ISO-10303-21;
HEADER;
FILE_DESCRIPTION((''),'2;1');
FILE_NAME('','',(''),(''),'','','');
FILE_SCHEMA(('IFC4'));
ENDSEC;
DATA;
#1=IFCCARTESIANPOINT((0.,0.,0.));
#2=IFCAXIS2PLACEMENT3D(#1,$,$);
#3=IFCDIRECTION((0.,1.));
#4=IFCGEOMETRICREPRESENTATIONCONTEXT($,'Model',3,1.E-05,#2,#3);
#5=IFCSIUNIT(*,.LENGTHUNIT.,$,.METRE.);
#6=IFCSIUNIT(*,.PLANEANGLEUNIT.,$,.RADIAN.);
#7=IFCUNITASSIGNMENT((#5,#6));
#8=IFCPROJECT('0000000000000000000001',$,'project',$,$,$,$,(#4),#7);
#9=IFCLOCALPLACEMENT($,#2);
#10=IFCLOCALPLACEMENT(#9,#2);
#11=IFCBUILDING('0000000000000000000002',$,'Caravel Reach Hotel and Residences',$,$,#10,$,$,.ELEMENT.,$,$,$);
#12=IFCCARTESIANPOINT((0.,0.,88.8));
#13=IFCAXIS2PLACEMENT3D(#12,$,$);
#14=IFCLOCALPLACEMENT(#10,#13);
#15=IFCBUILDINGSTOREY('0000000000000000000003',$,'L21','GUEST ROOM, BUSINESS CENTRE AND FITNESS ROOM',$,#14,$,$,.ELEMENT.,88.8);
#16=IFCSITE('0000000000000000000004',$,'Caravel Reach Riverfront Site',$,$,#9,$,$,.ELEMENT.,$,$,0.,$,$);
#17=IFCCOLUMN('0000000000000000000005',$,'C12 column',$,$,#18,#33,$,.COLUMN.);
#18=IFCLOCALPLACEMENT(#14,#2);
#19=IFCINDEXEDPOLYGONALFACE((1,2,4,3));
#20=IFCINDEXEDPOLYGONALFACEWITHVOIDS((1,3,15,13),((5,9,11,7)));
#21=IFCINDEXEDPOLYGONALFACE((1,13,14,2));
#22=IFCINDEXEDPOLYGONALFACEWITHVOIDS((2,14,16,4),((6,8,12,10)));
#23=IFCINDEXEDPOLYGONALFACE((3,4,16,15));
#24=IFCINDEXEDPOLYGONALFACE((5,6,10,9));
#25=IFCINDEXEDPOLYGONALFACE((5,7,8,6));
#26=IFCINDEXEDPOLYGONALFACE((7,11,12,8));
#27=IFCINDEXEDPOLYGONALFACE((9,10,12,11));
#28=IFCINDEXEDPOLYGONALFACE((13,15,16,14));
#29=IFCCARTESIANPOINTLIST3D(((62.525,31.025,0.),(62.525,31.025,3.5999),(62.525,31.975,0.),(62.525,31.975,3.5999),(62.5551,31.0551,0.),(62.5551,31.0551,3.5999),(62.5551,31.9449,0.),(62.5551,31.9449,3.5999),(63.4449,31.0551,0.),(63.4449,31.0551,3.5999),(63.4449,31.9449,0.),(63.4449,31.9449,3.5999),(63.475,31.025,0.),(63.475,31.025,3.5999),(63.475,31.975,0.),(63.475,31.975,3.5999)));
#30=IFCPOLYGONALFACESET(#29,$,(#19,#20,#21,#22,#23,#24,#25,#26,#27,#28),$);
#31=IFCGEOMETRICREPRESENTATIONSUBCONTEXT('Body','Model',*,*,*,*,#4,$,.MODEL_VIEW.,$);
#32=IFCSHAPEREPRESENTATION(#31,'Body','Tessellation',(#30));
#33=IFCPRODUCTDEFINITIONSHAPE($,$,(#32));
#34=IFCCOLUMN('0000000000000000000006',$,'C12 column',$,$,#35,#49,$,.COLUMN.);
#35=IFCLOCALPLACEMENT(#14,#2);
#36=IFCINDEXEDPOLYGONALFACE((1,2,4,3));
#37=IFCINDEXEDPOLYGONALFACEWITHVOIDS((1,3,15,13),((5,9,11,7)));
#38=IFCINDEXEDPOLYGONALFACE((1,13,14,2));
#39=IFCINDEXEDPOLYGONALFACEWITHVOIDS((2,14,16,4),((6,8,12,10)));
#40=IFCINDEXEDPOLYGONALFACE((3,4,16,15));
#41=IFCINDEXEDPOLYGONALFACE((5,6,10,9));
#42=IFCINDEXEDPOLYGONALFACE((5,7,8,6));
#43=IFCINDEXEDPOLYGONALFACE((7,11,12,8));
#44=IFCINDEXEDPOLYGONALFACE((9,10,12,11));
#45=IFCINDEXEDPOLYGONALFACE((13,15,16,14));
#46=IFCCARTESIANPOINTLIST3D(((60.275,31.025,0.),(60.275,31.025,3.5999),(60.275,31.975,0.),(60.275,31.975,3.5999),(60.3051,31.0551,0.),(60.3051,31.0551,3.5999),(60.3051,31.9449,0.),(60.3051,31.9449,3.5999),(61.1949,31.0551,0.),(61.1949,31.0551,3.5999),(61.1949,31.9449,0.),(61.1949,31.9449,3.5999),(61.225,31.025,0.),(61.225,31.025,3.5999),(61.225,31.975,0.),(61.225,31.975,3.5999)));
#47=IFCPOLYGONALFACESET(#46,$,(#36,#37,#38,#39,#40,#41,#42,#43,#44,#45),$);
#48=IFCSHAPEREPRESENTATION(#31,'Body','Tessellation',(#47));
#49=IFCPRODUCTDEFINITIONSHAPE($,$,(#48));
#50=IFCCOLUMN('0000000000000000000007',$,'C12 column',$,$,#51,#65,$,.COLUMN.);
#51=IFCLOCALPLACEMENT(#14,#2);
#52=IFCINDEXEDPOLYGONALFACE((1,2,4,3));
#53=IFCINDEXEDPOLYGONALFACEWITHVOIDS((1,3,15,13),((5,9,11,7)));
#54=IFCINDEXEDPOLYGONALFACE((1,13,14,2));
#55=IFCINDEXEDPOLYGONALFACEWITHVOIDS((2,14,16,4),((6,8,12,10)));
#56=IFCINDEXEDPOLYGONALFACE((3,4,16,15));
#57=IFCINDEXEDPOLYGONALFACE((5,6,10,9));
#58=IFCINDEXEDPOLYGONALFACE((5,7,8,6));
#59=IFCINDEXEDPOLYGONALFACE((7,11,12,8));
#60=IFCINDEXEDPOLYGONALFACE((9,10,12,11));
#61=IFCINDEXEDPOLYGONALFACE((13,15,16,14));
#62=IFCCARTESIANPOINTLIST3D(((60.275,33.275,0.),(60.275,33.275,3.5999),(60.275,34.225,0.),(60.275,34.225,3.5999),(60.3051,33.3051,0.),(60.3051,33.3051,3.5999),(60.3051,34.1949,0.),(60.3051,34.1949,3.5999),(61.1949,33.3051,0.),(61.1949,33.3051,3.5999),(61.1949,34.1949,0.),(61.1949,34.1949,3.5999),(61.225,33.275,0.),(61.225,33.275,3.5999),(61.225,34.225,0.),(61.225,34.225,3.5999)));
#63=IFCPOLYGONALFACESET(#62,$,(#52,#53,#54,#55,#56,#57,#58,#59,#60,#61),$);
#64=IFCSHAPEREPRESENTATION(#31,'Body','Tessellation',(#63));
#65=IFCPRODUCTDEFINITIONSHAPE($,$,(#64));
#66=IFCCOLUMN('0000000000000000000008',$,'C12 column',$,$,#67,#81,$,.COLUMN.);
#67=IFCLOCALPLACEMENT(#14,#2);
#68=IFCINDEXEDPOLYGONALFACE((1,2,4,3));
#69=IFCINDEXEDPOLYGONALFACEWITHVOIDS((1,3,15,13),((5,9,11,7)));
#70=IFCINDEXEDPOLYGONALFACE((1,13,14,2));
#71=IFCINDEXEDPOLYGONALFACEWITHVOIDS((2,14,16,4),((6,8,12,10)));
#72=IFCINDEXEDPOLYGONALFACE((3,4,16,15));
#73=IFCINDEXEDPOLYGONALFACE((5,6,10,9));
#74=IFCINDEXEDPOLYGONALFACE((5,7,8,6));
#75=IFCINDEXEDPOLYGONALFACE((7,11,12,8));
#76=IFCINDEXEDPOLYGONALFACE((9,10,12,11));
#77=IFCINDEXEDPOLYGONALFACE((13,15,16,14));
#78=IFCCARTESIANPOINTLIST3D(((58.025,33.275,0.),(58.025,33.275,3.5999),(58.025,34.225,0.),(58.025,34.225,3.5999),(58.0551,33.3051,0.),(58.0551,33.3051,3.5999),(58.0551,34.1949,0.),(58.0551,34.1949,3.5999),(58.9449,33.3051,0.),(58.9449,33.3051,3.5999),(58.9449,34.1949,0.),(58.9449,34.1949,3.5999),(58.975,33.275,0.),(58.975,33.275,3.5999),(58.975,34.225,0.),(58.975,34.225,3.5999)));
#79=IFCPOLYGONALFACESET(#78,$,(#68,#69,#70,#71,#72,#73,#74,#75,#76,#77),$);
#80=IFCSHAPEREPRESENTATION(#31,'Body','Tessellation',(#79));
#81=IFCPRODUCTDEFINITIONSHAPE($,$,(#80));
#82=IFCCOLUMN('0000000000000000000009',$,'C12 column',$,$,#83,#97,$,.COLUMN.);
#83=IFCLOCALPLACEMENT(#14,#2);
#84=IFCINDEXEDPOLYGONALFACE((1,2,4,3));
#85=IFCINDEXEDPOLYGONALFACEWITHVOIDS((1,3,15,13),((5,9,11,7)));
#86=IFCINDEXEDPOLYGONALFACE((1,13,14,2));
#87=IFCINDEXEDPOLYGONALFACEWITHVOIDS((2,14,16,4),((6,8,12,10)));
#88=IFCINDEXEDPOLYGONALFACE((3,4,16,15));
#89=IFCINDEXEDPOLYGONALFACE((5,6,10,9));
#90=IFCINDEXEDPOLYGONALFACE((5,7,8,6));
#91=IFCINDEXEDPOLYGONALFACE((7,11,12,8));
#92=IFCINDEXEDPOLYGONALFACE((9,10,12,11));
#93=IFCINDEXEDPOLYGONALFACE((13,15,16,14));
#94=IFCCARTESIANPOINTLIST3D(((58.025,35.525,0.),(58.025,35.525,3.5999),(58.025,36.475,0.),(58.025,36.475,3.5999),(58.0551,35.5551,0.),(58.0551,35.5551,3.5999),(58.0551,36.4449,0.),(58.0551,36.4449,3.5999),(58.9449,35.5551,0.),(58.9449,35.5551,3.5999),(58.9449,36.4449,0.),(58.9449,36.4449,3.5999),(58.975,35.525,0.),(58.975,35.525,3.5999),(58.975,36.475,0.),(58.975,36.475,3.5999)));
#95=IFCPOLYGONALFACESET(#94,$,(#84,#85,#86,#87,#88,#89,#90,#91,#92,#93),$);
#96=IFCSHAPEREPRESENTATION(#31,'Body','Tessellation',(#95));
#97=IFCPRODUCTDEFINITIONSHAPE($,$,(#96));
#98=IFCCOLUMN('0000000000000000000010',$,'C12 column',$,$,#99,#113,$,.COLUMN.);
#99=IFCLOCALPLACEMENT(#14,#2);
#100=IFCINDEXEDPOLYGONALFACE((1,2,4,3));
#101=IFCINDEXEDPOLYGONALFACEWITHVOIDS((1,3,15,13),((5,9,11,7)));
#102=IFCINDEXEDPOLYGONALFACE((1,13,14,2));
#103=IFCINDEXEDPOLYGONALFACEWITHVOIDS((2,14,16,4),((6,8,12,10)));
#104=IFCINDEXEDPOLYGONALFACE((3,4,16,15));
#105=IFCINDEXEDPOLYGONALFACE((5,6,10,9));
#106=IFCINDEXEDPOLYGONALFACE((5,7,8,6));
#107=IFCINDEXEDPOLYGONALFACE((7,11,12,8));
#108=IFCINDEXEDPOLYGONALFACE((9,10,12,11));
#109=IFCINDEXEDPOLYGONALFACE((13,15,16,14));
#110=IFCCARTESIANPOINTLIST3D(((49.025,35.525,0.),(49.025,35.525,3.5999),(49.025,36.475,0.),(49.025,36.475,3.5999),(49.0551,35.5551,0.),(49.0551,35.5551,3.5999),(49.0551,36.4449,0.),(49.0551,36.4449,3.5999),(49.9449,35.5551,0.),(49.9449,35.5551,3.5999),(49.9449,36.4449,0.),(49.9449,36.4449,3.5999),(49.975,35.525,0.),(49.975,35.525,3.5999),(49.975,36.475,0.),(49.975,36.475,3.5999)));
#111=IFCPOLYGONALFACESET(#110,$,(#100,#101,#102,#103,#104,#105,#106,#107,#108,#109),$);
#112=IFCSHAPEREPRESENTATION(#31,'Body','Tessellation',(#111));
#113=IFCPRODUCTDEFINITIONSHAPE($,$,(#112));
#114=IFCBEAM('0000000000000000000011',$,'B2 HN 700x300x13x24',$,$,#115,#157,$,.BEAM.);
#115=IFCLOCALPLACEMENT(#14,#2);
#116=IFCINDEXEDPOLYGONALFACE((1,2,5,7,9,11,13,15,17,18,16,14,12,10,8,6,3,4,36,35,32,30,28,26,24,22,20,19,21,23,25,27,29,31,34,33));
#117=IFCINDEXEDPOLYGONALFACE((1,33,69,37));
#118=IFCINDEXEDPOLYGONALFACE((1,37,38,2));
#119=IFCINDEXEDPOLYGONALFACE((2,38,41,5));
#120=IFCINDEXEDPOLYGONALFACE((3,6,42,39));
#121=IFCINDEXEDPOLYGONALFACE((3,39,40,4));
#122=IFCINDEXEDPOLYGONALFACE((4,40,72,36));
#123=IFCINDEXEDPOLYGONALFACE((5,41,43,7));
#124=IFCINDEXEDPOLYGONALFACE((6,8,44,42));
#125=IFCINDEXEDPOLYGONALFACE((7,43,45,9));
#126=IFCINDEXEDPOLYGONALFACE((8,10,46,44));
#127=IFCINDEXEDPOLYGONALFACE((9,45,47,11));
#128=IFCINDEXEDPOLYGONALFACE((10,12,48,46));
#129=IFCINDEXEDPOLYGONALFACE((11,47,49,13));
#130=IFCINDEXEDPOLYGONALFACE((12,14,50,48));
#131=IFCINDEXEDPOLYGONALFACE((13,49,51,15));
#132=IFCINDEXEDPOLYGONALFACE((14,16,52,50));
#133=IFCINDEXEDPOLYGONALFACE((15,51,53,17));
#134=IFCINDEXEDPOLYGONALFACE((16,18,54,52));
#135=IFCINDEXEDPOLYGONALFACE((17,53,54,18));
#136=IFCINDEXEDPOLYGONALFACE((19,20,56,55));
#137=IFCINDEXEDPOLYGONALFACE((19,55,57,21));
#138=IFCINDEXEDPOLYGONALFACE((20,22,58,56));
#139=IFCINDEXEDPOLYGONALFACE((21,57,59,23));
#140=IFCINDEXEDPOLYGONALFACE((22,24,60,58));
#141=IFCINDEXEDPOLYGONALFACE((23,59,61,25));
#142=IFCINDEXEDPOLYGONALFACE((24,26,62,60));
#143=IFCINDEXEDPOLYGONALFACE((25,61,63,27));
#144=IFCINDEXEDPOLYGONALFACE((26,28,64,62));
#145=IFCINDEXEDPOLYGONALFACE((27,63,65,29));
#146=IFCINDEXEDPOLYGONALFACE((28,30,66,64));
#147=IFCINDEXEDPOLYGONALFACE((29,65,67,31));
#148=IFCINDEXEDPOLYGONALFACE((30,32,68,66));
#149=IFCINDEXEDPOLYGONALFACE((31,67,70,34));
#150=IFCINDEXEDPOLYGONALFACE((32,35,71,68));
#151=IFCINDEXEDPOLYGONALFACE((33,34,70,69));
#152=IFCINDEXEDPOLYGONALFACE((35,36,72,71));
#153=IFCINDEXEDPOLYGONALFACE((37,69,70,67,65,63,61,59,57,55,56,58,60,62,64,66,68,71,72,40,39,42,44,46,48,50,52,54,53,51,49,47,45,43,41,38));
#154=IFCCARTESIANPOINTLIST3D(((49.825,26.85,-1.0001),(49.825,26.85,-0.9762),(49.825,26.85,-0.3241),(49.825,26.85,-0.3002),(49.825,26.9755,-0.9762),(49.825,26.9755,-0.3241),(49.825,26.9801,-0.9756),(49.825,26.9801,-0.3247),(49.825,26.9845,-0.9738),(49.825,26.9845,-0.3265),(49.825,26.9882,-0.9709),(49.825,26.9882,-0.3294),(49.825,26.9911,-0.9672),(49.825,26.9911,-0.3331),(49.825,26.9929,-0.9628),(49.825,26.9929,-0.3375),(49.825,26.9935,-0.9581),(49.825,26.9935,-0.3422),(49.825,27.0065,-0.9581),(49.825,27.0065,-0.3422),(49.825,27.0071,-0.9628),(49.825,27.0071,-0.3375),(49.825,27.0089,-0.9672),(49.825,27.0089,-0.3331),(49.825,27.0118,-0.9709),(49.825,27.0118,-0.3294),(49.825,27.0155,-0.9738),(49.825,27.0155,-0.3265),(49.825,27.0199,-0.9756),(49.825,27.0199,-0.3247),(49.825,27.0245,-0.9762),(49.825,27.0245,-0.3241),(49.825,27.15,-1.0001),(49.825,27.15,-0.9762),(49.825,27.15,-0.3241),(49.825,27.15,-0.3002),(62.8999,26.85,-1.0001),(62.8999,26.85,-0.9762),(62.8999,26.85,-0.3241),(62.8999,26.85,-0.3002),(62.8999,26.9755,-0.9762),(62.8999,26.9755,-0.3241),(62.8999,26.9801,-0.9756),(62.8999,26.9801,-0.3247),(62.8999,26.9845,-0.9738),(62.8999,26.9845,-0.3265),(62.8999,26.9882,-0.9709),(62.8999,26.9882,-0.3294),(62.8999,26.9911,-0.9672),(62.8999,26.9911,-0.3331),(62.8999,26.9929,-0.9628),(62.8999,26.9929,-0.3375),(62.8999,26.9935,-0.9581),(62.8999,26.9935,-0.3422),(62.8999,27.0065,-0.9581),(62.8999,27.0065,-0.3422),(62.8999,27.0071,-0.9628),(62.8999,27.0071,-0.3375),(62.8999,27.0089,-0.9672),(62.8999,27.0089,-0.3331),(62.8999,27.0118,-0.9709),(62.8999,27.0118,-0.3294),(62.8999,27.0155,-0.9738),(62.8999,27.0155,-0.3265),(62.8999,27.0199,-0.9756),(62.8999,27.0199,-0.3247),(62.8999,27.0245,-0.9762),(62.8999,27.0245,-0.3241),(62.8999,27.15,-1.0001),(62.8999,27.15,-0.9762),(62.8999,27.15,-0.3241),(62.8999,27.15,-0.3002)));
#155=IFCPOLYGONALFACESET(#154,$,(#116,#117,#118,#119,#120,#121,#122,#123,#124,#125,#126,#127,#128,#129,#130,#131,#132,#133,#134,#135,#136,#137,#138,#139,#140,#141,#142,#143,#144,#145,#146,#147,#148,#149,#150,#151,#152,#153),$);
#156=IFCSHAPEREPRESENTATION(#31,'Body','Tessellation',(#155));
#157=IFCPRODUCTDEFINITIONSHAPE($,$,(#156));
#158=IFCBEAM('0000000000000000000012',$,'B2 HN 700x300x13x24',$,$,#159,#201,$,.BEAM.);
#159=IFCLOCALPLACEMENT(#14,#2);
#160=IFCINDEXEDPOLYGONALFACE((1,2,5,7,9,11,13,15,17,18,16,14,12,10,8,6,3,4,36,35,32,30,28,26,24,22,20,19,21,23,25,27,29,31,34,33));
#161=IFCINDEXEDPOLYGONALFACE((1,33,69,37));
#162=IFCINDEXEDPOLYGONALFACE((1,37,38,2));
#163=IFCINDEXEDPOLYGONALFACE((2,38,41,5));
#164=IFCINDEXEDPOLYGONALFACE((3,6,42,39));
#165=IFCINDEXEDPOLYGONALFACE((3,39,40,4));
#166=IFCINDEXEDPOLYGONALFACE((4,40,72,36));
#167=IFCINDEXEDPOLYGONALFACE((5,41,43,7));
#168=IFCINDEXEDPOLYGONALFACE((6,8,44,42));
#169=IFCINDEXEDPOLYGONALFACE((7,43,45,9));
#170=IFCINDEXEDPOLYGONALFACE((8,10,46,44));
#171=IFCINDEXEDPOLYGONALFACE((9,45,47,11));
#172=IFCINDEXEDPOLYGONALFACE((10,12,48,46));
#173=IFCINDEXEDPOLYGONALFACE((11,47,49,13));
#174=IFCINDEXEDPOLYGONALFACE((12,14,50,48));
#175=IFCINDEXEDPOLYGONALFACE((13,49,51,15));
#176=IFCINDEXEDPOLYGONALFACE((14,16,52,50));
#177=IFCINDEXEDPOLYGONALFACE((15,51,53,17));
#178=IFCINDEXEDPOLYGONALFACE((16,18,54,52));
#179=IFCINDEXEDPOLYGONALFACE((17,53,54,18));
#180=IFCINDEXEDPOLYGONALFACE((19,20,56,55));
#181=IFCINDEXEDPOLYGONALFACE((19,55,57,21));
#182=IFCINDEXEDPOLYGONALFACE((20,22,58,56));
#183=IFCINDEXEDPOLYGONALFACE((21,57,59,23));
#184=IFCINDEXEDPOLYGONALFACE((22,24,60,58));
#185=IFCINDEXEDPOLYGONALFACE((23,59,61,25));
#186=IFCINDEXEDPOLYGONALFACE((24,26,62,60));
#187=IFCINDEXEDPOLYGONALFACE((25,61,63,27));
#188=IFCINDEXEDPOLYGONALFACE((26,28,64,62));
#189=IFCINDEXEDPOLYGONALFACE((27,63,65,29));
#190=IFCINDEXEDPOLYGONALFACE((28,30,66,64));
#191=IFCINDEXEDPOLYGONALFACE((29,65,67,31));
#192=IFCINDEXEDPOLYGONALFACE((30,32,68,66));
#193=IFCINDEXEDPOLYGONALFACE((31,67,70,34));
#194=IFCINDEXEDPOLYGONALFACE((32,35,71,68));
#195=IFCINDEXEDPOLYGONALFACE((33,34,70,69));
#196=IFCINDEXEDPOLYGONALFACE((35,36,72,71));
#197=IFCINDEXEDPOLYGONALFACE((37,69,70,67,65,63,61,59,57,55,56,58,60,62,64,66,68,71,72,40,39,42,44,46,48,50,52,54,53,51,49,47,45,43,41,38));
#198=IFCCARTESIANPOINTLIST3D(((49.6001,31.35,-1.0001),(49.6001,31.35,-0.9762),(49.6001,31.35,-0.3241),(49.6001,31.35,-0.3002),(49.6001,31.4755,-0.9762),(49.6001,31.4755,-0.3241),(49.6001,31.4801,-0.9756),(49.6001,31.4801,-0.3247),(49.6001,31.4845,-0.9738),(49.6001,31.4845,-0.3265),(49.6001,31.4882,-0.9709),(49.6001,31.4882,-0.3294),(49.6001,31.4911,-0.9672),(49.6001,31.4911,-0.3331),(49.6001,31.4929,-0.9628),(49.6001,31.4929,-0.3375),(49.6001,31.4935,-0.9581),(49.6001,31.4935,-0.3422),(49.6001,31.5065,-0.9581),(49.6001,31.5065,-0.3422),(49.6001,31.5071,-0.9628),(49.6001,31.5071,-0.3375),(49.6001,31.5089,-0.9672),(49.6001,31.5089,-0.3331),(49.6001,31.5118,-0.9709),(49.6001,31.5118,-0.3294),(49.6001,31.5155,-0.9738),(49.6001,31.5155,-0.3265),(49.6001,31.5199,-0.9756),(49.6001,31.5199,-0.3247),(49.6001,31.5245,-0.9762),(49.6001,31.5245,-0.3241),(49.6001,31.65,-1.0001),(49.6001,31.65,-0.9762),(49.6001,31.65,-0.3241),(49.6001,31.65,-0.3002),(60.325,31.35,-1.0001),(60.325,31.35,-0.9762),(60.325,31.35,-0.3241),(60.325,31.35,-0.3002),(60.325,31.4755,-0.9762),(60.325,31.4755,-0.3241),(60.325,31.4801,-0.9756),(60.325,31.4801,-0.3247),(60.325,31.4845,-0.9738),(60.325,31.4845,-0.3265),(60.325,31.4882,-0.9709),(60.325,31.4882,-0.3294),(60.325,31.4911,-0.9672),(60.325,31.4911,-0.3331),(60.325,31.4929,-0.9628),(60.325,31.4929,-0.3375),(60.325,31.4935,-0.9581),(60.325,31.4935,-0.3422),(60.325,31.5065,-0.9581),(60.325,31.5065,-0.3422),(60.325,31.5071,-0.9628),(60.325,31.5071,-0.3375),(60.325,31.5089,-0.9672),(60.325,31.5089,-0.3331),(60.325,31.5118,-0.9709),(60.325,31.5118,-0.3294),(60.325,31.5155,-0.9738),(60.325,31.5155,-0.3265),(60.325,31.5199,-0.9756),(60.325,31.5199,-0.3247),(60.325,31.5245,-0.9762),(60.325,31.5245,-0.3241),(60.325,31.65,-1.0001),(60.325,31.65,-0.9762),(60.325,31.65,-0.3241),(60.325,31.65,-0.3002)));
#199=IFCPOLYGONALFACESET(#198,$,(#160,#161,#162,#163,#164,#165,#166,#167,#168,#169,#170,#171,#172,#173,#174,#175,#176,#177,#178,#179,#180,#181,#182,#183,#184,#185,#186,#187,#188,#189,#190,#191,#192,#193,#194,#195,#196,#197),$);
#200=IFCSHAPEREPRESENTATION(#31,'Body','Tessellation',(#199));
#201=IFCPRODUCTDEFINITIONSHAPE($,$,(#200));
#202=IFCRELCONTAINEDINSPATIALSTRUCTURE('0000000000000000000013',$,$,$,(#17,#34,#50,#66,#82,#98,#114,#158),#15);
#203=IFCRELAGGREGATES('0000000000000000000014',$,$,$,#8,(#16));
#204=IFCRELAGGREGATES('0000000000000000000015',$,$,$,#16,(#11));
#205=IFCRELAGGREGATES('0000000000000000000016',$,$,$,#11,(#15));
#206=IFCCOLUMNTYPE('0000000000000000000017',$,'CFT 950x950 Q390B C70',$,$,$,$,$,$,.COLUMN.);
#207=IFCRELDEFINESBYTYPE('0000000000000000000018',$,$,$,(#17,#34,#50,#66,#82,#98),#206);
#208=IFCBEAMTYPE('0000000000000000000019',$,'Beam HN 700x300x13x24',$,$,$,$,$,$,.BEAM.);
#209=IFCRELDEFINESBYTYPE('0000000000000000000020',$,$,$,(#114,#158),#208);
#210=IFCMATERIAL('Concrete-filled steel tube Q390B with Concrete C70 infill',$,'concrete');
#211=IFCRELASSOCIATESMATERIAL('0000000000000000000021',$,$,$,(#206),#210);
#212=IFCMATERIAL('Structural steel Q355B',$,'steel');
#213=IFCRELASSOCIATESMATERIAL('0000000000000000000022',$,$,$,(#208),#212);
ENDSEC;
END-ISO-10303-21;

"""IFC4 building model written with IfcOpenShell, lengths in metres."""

from ifc_helpers import new_model, si_unit, direction, frame, origin, origin_2d, place, context, subcontext, project, spatial, hollow_rectangle, i_section, extrude, material, material_profile, profile_set, type_object, element, save


model = new_model("IFC4")

# Units and contexts
model_context = context("Model", 3, precision=1e-05, world=origin(), true_north=direction((0.0, 1.0)))
body_context = subcontext(model_context, "Body", "Model", "MODEL_VIEW")
ifc_project = project(units=[si_unit("LENGTHUNIT", "METRE"), si_unit("PLANEANGLEUNIT", "RADIAN")], contexts=[model_context])

# Site, building, storey
site_placement = place(None, origin())
site = spatial("IfcSite", under=ifc_project, at=site_placement, Name="Caravel Reach Riverfront Site", CompositionType="ELEMENT", RefElevation=0.0)
building_placement = place(site_placement, origin())
building = spatial("IfcBuilding", under=site, at=building_placement, Name="Caravel Reach Hotel and Residences", CompositionType="ELEMENT")
storey_placement = place(building_placement, frame((0.0, 0.0, 88.8)))
storey = spatial("IfcBuildingStorey", under=building, at=storey_placement, Name="L21", Description="GUEST ROOM, BUSINESS CENTRE AND FITNESS ROOM", CompositionType="ELEMENT", Elevation=88.8)

# Columns
ifc_material_1 = material(Name="Concrete-filled steel tube Q390B with Concrete C70 infill", Category="concrete")
ifc_material_profile_1 = material_profile(ifc_material_1, hollow_rectangle(XDim=0.95, YDim=0.95, WallThickness=0.03, at=origin_2d()), Name="RHS 950x950x30")
ifc_profile_set_1 = profile_set([ifc_material_profile_1], Name="Concrete-filled steel tube Q390B with Concrete C70 infill")
column_type = type_object("IfcColumnType", Name="CFT 950x950 Q390B C70", PredefinedType="COLUMN", material=ifc_profile_set_1)
for number, where, z_axis, x_axis, name in (
    (1, (63.0, 31.5, 0.0), (0.0, 0.0, 1.0), (1.0, 0.0, 0.0), "C12 column"),
    (2, (60.75, 31.5, 0.0), (0.0, 0.0, 1.0), (1.0, 0.0, 0.0), "C12 column"),
    (3, (60.75, 33.75, 0.0), (0.0, 0.0, 1.0), (1.0, 0.0, 0.0), "C12 column"),
    (4, (58.5, 33.75, 0.0), (0.0, 0.0, 1.0), (1.0, 0.0, 0.0), "C12 column"),
    (5, (58.5, 36.0, 0.0), (0.0, 0.0, 1.0), (1.0, 0.0, 0.0), "C12 column"),
    (6, (49.5, 36.0, 0.0), (0.0, 0.0, 1.0), (1.0, 0.0, 0.0), "C12 column"),
):
    element("IfcColumn", number, at=place(storey_placement, frame(where, z_axis=z_axis, x_axis=x_axis)), inside=storey, type_object=column_type, Name=name, PredefinedType="COLUMN", context=body_context, shape_type="SweptSolid", body=[
        extrude(hollow_rectangle(XDim=0.95, YDim=0.95, WallThickness=0.03, at=origin_2d()), origin(), (0.0, 0.0, 1.0), 3.5999),
    ])

# Beams
ifc_material_2 = material(Name="Structural steel Q355B", Category="steel")
ifc_material_profile_2 = material_profile(ifc_material_2, i_section(OverallWidth=0.3, OverallDepth=0.7, WebThickness=0.0129, FlangeThickness=0.0239, FilletRadius=0.0181, at=origin_2d()), Name="HN 700x300x13x24")
ifc_profile_set_2 = profile_set([ifc_material_profile_2], Name="Structural steel Q355B")
beam_type_1 = type_object("IfcBeamType", Name="Beam HN 700x300x13x24", PredefinedType="BEAM", material=ifc_profile_set_2)
beam_1_placement = place(storey_placement, frame((49.825, 27.0, -0.6501), z_axis=(1.0, 0.0, 0.0), x_axis=(0.0, 1.0, 0.0)))
element("IfcBeam", 7, at=beam_1_placement, inside=storey, type_object=beam_type_1, Name="B2 HN 700x300x13x24", PredefinedType="BEAM", context=body_context, shape_type="SweptSolid", body=[
    extrude(i_section(OverallWidth=0.3, OverallDepth=0.7, WebThickness=0.0129, FlangeThickness=0.0239, FilletRadius=0.0181, at=origin_2d()), origin(), (0.0, 0.0, 1.0), 13.075),
])
beam_2_placement = place(storey_placement, frame((49.6001, 31.5, -0.6501), z_axis=(1.0, 0.0, 0.0), x_axis=(0.0, 1.0, 0.0)))
element("IfcBeam", 8, at=beam_2_placement, inside=storey, type_object=beam_type_1, Name="B2 HN 700x300x13x24", PredefinedType="BEAM", context=body_context, shape_type="SweptSolid", body=[
    extrude(i_section(OverallWidth=0.3, OverallDepth=0.7, WebThickness=0.0129, FlangeThickness=0.0239, FilletRadius=0.0181, at=origin_2d()), origin(), (0.0, 0.0, 1.0), 10.7249),
])

save(model, "model.ifc")
